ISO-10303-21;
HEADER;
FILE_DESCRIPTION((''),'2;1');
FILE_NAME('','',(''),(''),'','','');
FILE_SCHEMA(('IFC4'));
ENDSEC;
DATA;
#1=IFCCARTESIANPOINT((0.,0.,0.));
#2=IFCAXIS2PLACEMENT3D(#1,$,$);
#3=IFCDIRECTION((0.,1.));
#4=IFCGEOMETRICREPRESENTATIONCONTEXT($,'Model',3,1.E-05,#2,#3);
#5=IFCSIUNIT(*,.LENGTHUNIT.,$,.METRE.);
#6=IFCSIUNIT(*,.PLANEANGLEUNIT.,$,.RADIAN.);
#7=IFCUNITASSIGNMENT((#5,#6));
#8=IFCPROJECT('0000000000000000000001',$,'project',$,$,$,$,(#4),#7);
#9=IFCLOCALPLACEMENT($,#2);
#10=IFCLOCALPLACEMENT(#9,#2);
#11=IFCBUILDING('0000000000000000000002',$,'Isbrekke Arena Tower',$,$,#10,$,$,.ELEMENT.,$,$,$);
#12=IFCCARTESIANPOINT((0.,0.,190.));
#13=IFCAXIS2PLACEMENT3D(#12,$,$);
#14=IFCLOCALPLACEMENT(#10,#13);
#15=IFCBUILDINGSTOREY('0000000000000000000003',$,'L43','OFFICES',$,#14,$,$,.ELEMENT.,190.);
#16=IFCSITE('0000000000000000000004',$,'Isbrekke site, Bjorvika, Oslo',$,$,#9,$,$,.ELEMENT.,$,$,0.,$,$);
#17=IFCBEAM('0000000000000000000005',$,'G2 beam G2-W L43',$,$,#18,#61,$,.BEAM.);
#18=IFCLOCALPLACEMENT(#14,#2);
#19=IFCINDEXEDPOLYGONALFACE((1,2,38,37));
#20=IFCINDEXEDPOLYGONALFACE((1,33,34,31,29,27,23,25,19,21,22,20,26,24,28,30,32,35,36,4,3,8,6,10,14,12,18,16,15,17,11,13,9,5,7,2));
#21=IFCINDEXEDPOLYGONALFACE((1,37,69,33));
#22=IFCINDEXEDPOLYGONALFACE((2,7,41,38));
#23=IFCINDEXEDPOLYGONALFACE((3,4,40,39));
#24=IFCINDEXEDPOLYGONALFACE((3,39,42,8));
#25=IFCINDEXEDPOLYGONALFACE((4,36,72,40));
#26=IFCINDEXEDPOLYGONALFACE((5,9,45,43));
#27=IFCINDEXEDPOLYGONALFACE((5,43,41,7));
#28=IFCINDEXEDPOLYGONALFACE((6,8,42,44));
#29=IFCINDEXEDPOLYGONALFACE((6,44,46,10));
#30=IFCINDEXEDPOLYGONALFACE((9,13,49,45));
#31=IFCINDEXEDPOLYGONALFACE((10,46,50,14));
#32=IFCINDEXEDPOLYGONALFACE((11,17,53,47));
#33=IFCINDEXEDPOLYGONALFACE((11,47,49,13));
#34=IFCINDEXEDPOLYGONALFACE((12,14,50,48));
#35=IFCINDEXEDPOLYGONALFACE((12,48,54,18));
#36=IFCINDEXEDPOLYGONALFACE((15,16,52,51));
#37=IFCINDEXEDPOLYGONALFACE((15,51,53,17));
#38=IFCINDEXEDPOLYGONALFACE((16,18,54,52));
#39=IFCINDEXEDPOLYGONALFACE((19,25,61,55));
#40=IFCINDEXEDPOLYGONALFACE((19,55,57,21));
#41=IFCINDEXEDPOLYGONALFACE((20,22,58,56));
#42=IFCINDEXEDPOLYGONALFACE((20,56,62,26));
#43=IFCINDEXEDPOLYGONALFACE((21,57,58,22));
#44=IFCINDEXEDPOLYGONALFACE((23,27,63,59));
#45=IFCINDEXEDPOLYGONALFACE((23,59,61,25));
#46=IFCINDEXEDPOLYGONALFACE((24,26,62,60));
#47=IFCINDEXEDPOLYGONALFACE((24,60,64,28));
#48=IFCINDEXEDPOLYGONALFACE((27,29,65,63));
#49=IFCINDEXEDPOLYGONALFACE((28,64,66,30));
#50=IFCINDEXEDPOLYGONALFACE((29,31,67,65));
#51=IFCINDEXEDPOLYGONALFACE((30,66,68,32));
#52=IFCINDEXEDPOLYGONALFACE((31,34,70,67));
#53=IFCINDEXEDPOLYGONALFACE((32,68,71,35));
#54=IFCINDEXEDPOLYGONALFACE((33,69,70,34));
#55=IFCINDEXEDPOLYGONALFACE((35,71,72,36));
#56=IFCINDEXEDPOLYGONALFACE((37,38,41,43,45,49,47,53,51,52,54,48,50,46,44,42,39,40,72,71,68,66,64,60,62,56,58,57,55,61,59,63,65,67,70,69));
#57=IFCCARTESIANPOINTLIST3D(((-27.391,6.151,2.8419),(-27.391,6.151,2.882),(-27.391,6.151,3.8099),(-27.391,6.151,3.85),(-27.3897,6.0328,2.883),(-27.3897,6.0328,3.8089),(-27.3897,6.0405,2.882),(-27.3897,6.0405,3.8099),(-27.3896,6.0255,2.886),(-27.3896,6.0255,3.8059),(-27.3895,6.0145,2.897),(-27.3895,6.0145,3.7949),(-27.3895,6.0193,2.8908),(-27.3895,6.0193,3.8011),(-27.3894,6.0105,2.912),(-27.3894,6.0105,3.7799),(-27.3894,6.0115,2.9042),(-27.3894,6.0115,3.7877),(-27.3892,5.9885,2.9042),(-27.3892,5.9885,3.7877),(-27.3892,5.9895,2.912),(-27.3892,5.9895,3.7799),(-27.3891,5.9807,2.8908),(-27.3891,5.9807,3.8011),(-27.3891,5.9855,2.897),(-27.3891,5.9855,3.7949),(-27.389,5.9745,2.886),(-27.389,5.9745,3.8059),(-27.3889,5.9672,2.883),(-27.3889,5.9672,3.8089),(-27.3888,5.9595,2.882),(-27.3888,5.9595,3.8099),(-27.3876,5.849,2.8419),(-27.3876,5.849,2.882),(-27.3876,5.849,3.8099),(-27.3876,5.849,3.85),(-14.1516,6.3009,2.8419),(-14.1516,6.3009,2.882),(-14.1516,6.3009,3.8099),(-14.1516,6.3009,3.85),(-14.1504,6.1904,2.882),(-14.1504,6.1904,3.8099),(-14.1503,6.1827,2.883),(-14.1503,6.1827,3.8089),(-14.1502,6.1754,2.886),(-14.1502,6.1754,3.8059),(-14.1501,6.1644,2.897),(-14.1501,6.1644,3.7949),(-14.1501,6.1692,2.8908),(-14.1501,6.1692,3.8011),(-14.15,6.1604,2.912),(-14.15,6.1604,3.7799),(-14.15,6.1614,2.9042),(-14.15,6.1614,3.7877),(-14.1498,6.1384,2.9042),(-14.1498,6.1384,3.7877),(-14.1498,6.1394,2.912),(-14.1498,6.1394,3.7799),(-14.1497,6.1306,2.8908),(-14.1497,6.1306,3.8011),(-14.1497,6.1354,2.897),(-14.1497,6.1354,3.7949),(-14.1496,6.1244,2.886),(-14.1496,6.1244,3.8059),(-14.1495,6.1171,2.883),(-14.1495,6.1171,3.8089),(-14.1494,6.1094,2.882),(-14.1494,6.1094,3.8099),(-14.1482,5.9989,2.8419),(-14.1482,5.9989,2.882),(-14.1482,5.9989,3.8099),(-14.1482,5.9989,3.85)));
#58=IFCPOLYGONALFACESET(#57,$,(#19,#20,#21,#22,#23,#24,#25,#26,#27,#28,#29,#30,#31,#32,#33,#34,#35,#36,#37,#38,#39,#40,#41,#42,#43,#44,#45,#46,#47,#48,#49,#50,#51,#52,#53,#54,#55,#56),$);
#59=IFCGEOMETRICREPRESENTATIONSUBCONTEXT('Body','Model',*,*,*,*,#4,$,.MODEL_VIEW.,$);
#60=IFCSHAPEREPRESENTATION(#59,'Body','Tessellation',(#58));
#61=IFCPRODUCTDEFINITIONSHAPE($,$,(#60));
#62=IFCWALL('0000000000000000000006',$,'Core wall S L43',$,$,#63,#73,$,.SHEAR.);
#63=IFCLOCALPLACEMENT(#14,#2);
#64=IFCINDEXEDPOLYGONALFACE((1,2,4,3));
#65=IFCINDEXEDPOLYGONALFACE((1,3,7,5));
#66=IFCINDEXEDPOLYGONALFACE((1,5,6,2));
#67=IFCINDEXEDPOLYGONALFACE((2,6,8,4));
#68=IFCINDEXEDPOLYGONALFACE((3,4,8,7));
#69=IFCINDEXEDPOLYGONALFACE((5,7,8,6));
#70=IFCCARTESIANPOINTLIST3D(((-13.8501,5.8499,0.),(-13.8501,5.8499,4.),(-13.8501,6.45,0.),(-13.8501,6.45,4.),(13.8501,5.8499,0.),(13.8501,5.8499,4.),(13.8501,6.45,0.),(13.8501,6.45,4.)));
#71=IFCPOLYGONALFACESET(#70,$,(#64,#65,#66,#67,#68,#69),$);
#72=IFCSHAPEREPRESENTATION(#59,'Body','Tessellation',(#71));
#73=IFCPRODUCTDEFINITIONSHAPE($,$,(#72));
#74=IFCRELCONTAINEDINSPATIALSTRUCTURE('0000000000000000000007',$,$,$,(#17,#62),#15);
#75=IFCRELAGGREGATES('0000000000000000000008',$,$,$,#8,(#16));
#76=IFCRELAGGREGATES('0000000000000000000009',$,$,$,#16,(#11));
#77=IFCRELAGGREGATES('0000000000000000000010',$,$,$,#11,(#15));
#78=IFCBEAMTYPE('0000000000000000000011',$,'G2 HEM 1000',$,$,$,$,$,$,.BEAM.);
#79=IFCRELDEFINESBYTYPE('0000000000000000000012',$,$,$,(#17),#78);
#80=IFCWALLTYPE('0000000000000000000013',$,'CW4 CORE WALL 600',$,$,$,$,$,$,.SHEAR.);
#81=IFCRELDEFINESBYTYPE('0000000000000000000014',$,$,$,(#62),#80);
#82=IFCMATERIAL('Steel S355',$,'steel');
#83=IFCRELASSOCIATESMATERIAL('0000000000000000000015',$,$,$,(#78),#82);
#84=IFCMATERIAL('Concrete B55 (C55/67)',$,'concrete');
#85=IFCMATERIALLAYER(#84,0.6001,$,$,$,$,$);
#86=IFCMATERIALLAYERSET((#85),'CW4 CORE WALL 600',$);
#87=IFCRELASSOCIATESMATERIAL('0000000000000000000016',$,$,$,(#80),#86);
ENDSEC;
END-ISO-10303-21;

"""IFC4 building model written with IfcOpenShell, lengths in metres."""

from ifc_helpers import new_model, si_unit, direction, frame, frame_2d, origin, origin_2d, place, context, subcontext, project, spatial, rectangle, i_section, extrude, material, layer, layer_set, material_profile, profile_set, type_object, element, save


model = new_model("IFC4")

# Units and contexts
model_context = context("Model", 3, precision=1e-05, world=origin(), true_north=direction((0.0, 1.0)))
body_context = subcontext(model_context, "Body", "Model", "MODEL_VIEW")
ifc_project = project(units=[si_unit("LENGTHUNIT", "METRE"), si_unit("PLANEANGLEUNIT", "RADIAN")], contexts=[model_context])

# Site, building, storey
site_placement = place(None, origin())
site = spatial("IfcSite", under=ifc_project, at=site_placement, Name="Isbrekke site, Bjorvika, Oslo", CompositionType="ELEMENT", RefElevation=0.0)
building_placement = place(site_placement, origin())
building = spatial("IfcBuilding", under=site, at=building_placement, Name="Isbrekke Arena Tower", CompositionType="ELEMENT")
storey_placement = place(building_placement, frame((0.0, 0.0, 190.0)))
storey = spatial("IfcBuildingStorey", under=building, at=storey_placement, Name="L43", Description="OFFICES", CompositionType="ELEMENT", Elevation=190.0)

# Beam
ifc_material_1 = material(Name="Steel S355", Category="steel")
ifc_material_profile = material_profile(ifc_material_1, i_section(OverallWidth=0.302, OverallDepth=1.0081, WebThickness=0.021, FlangeThickness=0.04, FilletRadius=0.03, at=origin_2d()), Name="HEM 1000")
ifc_profile_set = profile_set([ifc_material_profile], Name="Steel S355")
beam_type = type_object("IfcBeamType", Name="G2 HEM 1000", PredefinedType="BEAM", material=ifc_profile_set)
beam_placement = place(storey_placement, frame((-14.1499, 6.1499, 3.3459), z_axis=(-0.999936, -0.011322, 0.0), x_axis=(0.011322, -0.999936, 0.0)))
element("IfcBeam", 1, at=beam_placement, inside=storey, type_object=beam_type, Name="G2 beam G2-W L43", PredefinedType="BEAM", context=body_context, shape_type="SweptSolid", body=[
    extrude(i_section(OverallWidth=0.302, OverallDepth=1.0081, WebThickness=0.021, FlangeThickness=0.04, FilletRadius=0.03, at=origin_2d()), origin(), (0.0, 0.0, 1.0), 13.2402),
])

# Wall
ifc_material_2 = material(Name="Concrete B55 (C55/67)", Category="concrete")
ifc_layer_1 = layer(ifc_material_2, 0.6001)
ifc_layer_set_1 = layer_set([ifc_layer_1], Name="CW4 CORE WALL 600")
wall_type_1 = type_object("IfcWallType", Name="CW4 CORE WALL 600", PredefinedType="SHEAR", material=ifc_layer_set_1)
wall_1_placement = place(storey_placement, frame((-13.8501, 6.1499, 0.0), z_axis=(0.0, 0.0, 1.0), x_axis=(1.0, 0.0, 0.0)))
element("IfcWall", 2, at=wall_1_placement, inside=storey, type_object=wall_type_1, Name="Core wall S L43", PredefinedType="SHEAR", context=body_context, shape_type="SweptSolid", body=[
    extrude(rectangle(XDim=27.7002, YDim=0.6001, at=frame_2d((13.8501, 0.0))), origin(), (0.0, 0.0, 1.0), 4.0),
])

save(model, "model.ifc")
